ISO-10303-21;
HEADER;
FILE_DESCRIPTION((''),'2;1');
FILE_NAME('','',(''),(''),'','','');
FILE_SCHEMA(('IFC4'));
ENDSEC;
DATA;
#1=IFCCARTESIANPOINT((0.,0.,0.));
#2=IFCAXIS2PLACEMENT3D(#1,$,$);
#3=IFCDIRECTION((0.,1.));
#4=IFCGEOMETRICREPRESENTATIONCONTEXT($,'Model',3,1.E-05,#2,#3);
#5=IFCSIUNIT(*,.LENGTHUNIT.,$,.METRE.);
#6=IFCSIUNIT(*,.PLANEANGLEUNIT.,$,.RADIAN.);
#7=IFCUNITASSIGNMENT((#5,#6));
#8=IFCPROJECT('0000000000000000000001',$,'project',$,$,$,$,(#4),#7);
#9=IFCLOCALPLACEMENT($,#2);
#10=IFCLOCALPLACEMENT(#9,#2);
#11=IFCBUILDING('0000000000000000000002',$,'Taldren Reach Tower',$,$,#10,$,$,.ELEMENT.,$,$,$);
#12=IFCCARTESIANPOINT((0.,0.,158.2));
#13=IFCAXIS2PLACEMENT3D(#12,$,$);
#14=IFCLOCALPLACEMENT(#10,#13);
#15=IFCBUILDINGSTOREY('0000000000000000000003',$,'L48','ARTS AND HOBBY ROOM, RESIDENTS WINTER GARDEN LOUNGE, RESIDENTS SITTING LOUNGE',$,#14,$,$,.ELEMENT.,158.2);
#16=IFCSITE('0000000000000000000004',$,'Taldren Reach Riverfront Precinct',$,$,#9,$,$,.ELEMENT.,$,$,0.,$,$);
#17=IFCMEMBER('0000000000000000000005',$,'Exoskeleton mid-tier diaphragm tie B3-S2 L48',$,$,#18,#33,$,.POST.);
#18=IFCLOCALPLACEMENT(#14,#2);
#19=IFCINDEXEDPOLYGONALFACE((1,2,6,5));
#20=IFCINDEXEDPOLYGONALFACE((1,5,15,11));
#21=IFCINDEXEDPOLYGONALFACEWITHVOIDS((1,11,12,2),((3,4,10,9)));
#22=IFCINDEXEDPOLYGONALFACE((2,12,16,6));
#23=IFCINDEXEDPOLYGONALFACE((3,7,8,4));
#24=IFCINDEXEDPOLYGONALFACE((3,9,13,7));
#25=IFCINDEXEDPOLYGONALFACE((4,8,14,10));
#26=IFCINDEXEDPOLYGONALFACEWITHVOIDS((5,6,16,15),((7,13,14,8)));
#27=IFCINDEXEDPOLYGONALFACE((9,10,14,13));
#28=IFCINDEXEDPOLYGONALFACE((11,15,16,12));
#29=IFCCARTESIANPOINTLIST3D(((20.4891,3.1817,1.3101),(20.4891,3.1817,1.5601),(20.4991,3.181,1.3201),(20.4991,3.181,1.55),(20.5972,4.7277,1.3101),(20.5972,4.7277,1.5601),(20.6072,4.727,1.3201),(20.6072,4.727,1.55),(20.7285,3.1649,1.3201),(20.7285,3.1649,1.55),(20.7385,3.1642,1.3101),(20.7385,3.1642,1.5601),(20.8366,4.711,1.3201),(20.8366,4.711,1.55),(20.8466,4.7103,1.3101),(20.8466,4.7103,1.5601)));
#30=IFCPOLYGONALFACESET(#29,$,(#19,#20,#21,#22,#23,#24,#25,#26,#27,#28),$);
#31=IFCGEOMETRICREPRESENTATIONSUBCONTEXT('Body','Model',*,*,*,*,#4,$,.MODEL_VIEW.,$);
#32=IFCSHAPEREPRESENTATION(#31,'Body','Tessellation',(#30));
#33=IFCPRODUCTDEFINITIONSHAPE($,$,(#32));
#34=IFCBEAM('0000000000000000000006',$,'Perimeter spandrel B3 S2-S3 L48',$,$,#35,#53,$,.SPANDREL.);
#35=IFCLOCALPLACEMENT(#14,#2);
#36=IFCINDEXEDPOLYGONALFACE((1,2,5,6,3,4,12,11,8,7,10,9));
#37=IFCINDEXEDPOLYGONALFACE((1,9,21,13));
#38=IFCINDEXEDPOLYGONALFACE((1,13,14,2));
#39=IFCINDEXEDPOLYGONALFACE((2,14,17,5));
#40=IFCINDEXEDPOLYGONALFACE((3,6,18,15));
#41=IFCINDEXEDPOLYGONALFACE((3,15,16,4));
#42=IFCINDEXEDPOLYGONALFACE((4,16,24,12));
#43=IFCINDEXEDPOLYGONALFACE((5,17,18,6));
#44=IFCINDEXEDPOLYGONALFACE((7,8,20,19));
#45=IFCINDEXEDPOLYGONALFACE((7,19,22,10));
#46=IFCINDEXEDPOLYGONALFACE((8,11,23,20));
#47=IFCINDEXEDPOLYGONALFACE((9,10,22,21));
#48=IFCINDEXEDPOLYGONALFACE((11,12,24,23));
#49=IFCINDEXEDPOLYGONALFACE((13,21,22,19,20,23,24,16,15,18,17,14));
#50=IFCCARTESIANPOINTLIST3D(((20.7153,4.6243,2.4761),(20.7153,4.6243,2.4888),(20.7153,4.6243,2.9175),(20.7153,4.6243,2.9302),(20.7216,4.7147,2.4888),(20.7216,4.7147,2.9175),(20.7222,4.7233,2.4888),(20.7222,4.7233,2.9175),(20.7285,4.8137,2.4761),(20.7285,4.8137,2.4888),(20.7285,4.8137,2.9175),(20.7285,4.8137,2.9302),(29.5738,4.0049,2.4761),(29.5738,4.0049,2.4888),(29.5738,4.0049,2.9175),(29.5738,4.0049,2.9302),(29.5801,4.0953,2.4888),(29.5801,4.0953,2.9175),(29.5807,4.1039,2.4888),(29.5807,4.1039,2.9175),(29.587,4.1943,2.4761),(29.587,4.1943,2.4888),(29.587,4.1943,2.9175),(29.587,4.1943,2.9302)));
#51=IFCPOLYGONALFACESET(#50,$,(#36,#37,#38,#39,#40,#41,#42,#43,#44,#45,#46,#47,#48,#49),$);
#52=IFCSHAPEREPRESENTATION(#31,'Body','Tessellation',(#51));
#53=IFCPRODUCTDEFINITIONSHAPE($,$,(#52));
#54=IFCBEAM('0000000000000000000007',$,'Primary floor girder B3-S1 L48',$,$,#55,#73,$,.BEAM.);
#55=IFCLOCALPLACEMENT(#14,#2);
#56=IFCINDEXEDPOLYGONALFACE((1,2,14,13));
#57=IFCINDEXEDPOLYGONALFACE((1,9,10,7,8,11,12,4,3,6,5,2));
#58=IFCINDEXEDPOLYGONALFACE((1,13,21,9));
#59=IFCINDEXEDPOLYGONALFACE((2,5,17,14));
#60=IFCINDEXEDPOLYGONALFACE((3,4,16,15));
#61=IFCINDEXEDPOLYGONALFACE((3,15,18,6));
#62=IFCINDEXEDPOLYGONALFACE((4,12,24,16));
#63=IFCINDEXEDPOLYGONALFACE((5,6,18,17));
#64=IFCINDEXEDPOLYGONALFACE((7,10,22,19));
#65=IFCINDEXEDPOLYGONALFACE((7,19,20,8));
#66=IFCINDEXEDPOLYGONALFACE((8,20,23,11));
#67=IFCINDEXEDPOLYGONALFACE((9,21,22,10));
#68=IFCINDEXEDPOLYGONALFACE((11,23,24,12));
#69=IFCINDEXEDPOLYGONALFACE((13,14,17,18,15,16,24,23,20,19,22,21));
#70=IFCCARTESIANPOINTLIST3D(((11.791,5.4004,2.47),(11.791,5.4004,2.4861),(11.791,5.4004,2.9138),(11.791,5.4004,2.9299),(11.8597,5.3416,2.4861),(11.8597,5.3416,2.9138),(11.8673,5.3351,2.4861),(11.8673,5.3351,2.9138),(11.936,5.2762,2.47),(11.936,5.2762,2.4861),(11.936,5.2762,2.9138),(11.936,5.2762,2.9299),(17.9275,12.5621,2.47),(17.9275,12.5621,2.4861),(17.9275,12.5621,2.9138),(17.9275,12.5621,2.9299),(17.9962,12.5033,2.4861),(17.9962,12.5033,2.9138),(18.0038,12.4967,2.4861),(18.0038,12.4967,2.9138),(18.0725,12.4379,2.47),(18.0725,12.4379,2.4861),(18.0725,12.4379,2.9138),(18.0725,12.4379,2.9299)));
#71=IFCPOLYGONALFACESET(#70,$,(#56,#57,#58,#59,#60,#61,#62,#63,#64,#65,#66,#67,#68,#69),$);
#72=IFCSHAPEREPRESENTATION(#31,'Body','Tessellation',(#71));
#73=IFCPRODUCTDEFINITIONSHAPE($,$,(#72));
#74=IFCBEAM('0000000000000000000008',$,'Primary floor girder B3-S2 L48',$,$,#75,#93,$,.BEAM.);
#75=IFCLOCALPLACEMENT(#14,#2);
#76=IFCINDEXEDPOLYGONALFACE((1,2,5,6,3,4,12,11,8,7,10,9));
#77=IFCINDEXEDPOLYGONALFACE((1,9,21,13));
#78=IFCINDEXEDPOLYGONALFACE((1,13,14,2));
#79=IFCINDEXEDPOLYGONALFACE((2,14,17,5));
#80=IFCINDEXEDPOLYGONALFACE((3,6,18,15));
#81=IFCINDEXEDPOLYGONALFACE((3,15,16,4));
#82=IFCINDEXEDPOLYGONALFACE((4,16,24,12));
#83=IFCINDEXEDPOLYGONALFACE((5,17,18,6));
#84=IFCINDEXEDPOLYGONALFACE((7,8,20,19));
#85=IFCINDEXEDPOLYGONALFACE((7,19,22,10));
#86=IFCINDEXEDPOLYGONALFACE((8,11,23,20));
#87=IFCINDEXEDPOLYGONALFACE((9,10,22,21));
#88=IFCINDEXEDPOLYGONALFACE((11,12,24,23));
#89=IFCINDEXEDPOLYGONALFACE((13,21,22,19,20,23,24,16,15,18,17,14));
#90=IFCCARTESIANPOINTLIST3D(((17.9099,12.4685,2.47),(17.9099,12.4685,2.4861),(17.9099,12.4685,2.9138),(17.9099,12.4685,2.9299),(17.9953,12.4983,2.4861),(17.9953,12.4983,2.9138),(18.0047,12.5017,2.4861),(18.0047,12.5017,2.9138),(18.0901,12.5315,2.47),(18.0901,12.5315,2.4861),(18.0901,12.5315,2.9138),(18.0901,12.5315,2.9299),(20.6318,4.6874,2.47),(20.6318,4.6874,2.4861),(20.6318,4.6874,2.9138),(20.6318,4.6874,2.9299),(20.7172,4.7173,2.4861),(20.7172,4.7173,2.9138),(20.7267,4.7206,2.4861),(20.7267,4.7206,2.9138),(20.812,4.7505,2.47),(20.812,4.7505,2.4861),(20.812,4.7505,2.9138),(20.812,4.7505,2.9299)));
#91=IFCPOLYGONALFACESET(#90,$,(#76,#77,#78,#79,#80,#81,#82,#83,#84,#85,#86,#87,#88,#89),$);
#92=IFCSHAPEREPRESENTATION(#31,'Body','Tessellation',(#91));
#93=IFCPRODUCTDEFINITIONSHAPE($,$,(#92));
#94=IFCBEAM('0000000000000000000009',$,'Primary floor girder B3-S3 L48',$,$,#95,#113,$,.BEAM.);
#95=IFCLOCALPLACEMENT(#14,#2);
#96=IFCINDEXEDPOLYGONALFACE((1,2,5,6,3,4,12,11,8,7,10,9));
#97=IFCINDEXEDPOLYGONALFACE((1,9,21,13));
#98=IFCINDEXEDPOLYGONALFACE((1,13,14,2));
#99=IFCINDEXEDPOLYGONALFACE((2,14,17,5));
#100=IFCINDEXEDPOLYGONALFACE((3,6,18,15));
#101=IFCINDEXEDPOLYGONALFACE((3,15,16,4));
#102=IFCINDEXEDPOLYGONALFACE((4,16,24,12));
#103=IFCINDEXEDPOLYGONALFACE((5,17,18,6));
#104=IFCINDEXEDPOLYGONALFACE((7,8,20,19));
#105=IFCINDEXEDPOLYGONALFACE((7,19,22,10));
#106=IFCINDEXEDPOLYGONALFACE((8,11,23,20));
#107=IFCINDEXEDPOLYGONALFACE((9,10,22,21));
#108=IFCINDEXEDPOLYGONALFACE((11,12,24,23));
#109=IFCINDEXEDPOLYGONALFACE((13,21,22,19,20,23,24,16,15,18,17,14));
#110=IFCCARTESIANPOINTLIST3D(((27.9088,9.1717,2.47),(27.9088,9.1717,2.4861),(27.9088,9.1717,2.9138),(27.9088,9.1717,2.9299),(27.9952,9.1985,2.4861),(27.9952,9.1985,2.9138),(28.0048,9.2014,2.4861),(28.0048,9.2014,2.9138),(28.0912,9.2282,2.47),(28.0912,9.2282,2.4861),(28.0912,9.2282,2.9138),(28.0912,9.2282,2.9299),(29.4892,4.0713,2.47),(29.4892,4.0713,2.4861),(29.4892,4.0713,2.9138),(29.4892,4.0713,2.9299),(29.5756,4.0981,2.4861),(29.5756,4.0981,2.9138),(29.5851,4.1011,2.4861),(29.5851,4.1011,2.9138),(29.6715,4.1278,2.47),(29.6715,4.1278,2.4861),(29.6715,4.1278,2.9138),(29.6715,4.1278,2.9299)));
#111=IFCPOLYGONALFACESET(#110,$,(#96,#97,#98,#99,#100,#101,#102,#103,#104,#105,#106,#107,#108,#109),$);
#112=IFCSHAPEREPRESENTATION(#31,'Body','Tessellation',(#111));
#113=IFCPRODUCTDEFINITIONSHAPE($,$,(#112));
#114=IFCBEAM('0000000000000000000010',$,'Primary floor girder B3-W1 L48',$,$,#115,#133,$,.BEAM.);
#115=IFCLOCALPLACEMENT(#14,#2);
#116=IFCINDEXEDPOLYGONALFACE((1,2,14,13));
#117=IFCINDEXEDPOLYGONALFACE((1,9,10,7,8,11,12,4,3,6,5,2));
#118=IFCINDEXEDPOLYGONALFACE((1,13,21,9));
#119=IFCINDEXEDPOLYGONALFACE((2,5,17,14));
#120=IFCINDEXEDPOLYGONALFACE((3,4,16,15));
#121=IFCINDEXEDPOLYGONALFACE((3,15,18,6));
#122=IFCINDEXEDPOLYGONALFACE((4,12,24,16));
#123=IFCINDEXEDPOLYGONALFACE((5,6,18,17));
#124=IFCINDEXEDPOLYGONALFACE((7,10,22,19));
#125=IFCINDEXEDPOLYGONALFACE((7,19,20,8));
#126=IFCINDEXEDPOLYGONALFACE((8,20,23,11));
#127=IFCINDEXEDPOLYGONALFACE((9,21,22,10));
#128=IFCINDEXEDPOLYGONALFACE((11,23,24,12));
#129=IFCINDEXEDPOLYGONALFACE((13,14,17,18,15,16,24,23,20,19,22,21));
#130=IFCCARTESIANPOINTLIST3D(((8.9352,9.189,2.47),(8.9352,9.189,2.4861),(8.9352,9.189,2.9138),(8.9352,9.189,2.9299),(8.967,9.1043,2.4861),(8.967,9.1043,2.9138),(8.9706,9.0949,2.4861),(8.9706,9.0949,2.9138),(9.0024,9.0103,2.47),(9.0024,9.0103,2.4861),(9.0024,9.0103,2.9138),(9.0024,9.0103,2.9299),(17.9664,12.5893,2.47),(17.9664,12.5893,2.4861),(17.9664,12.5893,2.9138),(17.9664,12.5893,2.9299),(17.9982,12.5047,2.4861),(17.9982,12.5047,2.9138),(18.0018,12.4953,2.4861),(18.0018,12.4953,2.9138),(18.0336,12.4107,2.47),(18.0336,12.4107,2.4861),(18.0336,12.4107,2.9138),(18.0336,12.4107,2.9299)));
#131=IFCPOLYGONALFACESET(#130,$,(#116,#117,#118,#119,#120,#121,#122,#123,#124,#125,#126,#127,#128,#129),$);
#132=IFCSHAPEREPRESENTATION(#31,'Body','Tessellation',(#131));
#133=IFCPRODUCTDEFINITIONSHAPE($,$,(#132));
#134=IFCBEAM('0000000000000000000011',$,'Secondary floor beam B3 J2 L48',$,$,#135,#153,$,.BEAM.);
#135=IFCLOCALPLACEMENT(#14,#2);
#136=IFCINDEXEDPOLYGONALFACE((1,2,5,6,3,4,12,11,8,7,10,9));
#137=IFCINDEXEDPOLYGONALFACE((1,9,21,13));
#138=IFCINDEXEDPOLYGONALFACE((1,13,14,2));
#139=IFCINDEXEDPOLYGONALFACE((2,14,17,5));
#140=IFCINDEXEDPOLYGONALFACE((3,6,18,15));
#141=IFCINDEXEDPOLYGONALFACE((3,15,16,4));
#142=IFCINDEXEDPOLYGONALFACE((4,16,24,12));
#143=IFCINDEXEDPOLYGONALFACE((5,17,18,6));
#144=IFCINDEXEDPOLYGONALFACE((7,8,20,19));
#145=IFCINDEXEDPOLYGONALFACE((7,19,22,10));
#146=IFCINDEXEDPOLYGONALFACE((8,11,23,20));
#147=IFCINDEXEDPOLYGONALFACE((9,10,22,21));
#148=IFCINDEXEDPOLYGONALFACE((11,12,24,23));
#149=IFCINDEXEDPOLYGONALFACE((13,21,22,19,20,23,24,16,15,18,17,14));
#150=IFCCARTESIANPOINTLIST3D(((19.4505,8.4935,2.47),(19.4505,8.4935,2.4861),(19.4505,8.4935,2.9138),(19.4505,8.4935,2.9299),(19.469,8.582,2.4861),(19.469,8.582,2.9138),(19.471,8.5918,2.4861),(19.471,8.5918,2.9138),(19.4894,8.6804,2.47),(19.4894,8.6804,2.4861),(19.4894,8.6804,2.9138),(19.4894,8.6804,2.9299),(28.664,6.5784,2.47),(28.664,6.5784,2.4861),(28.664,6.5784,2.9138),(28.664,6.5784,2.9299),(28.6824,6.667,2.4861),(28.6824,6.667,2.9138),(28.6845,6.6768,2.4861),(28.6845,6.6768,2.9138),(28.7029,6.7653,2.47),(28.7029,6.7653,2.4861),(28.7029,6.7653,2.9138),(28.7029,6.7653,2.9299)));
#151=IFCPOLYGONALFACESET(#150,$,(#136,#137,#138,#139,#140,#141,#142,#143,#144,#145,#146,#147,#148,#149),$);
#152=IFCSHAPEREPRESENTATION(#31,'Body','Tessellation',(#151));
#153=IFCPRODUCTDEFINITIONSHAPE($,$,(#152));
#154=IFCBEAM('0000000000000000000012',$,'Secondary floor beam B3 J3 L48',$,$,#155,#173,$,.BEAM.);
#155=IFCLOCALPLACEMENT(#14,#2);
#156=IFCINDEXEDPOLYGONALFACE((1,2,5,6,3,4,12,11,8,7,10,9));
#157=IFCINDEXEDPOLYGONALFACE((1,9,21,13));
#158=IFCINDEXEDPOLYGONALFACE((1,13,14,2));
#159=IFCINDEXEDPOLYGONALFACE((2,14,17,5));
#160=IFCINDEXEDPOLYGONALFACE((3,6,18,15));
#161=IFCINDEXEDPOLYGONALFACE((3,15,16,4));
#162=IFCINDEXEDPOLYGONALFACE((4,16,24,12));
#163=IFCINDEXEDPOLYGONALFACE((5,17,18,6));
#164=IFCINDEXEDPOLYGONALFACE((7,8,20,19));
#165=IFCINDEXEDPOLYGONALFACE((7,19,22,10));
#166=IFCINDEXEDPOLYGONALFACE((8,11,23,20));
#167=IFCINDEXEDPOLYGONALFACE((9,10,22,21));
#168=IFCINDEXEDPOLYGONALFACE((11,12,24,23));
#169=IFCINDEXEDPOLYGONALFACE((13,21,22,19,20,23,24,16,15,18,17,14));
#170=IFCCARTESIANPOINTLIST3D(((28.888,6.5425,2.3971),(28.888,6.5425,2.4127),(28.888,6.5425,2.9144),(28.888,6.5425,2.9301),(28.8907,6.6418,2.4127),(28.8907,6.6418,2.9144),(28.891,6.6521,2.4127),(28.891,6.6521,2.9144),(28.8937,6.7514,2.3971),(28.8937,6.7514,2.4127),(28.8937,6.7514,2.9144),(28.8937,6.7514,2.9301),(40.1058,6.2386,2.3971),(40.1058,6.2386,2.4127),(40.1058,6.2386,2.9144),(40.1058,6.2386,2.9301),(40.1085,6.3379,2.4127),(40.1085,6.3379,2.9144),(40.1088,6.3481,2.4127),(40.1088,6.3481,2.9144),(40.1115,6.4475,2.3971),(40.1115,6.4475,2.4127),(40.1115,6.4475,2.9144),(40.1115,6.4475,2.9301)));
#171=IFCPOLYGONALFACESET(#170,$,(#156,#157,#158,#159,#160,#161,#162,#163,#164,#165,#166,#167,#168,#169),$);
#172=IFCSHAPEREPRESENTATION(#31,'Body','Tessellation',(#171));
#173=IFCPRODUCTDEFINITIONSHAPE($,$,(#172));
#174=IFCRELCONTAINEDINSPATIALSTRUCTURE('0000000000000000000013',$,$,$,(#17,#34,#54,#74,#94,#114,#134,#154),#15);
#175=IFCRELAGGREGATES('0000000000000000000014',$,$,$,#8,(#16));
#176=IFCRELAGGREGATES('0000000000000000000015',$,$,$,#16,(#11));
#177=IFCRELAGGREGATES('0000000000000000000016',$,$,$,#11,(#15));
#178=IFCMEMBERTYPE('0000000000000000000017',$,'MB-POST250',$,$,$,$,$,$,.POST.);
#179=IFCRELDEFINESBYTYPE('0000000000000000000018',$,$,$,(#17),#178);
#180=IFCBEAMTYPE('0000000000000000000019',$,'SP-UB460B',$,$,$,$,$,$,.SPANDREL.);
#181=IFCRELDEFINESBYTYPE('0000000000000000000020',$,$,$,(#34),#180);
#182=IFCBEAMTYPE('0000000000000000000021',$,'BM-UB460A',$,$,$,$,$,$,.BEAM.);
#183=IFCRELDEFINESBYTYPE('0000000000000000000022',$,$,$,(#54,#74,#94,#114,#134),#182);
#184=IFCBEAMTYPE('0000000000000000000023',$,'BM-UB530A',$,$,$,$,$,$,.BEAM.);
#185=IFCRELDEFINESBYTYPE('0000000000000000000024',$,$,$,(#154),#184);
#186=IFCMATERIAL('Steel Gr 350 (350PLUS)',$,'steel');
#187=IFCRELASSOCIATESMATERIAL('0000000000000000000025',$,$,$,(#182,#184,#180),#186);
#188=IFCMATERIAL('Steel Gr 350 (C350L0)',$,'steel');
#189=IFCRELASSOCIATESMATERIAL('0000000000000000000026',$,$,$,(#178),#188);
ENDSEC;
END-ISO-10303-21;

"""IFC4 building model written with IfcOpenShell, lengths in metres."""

from ifc_helpers import new_model, si_unit, direction, frame, origin, origin_2d, place, context, subcontext, project, spatial, hollow_rectangle, i_section, extrude, source, transform, mapped, material, material_profile, profile_set, type_object, element, save


model = new_model("IFC4")

# Units and contexts
model_context = context("Model", 3, precision=1e-05, world=origin(), true_north=direction((0.0, 1.0)))
body_context = subcontext(model_context, "Body", "Model", "MODEL_VIEW")
ifc_project = project(units=[si_unit("LENGTHUNIT", "METRE"), si_unit("PLANEANGLEUNIT", "RADIAN")], contexts=[model_context])

# Site, building, storey
site_placement = place(None, origin())
site = spatial("IfcSite", under=ifc_project, at=site_placement, Name="Taldren Reach Riverfront Precinct", CompositionType="ELEMENT", RefElevation=0.0)
building_placement = place(site_placement, origin())
building = spatial("IfcBuilding", under=site, at=building_placement, Name="Taldren Reach Tower", CompositionType="ELEMENT")
storey_placement = place(building_placement, frame((0.0, 0.0, 158.2)))
storey = spatial("IfcBuildingStorey", under=building, at=storey_placement, Name="L48", Description="ARTS AND HOBBY ROOM, RESIDENTS WINTER GARDEN LOUNGE, RESIDENTS SITTING LOUNGE", CompositionType="ELEMENT", Elevation=158.2)

# Shared definitions
ifc_material_1 = material(Name="Steel Gr 350 (350PLUS)", Category="steel")

# Shared definitions
ifc_material_profile_1 = material_profile(ifc_material_1, i_section(OverallWidth=0.1909, OverallDepth=0.46, WebThickness=0.01, FlangeThickness=0.0161, at=origin_2d()), Name="460UB82.1")
ifc_profile_set_1 = profile_set([ifc_material_profile_1], Name="Steel Gr 350 (350PLUS)")
beam_type_1 = type_object("IfcBeamType", Name="BM-UB460A", PredefinedType="BEAM", material=ifc_profile_set_1)
ifc_material_profile_2 = material_profile(ifc_material_1, i_section(OverallWidth=0.209, OverallDepth=0.533, WebThickness=0.0103, FlangeThickness=0.0156, at=origin_2d()), Name="530UB92.4")
ifc_profile_set_2 = profile_set([ifc_material_profile_2], Name="Steel Gr 350 (350PLUS)")
beam_type_2 = type_object("IfcBeamType", Name="BM-UB530A", PredefinedType="BEAM", material=ifc_profile_set_2)

# Member
ifc_material_2 = material(Name="Steel Gr 350 (C350L0)", Category="steel")
ifc_material_profile_3 = material_profile(ifc_material_2, hollow_rectangle(XDim=0.25, YDim=0.25, WallThickness=0.01, at=origin_2d()), Name="250x250x10.0SHS")
ifc_profile_set_3 = profile_set([ifc_material_profile_3], Name="Steel Gr 350 (C350L0)")
member_type_1 = type_object("IfcMemberType", Name="MB-POST250", PredefinedType="POST", material=ifc_profile_set_3)
shared_shape_1 = source(origin(), body_context, "Body", "SweptSolid", [
    extrude(hollow_rectangle(XDim=0.25, YDim=0.25, WallThickness=0.01, at=origin_2d()), origin(), (0.0, 0.0, 1.0), 1.5498),
])
for number, where, z_axis, x_axis, name in (
    (1, (20.7219, 4.719, 1.4351), (-0.069781, -0.997562, 0.0), (0.997562, -0.069781, 0.0), "Exoskeleton mid-tier diaphragm tie B3-S2 L48"),
):
    element("IfcMember", number, at=place(storey_placement, frame(where, z_axis=z_axis, x_axis=x_axis)), inside=storey, type_object=member_type_1, Name=name, PredefinedType="POST", context=body_context, shape_type="MappedRepresentation", body=[
        mapped(shared_shape_1, transform((0.0, 0.0, 0.0), scale=1.0)),
    ])

# Beams
ifc_material_profile_4 = material_profile(ifc_material_1, i_section(OverallWidth=0.1899, OverallDepth=0.4541, WebThickness=0.0085, FlangeThickness=0.0127, at=origin_2d()), Name="460UB67.1")
ifc_profile_set_4 = profile_set([ifc_material_profile_4], Name="Steel Gr 350 (350PLUS)")
beam_type_3 = type_object("IfcBeamType", Name="SP-UB460B", PredefinedType="SPANDREL", material=ifc_profile_set_4)
shared_shape_2 = source(origin(), body_context, "Body", "SweptSolid", [
    extrude(i_section(OverallWidth=0.1899, OverallDepth=0.4541, WebThickness=0.0085, FlangeThickness=0.0127, at=origin_2d()), origin(), (0.0, 0.0, 1.0), 8.8801),
])
beam_1_placement = place(storey_placement, frame((20.7219, 4.719, 2.7031), z_axis=(0.997564, -0.06975, 0.0), x_axis=(0.06975, 0.997564, 0.0)))
element("IfcBeam", 2, at=beam_1_placement, inside=storey, type_object=beam_type_3, Name="Perimeter spandrel B3 S2-S3 L48", PredefinedType="SPANDREL", context=body_context, shape_type="MappedRepresentation", body=[
    mapped(shared_shape_2, transform((0.0, 0.0, 0.0), scale=1.0)),
])
shared_shape_3 = source(origin(), body_context, "Body", "SweptSolid", [
    extrude(i_section(OverallWidth=0.1909, OverallDepth=0.46, WebThickness=0.01, FlangeThickness=0.0161, at=origin_2d()), origin(), (0.0, 0.0, 1.0), 9.4312),
])
beam_2_placement = place(storey_placement, frame((18.0, 12.5, 2.7), z_axis=(-0.650666, -0.759364, 0.0), x_axis=(0.759364, -0.650666, 0.0)))
element("IfcBeam", 3, at=beam_2_placement, inside=storey, type_object=beam_type_1, Name="Primary floor girder B3-S1 L48", PredefinedType="BEAM", context=body_context, shape_type="MappedRepresentation", body=[
    mapped(shared_shape_3, transform((0.0, 0.0, 0.0), scale=1.0)),
])
shared_shape_4 = source(origin(), body_context, "Body", "SweptSolid", [
    extrude(i_section(OverallWidth=0.1909, OverallDepth=0.46, WebThickness=0.01, FlangeThickness=0.0161, at=origin_2d()), origin(), (0.0, 0.0, 1.0), 8.2434),
])
beam_3_placement = place(storey_placement, frame((18.0, 12.5, 2.7), z_axis=(0.330196, -0.943912, 0.0), x_axis=(0.943912, 0.330196, 0.0)))
element("IfcBeam", 4, at=beam_3_placement, inside=storey, type_object=beam_type_1, Name="Primary floor girder B3-S2 L48", PredefinedType="BEAM", context=body_context, shape_type="MappedRepresentation", body=[
    mapped(shared_shape_4, transform((0.0, 0.0, 0.0), scale=1.0)),
])
shared_shape_5 = source(origin(), body_context, "Body", "SweptSolid", [
    extrude(i_section(OverallWidth=0.1909, OverallDepth=0.46, WebThickness=0.01, FlangeThickness=0.0161, at=origin_2d()), origin(), (0.0, 0.0, 1.0), 5.3396),
])
beam_4_placement = place(storey_placement, frame((28.0, 9.2, 2.7), z_axis=(0.295965, -0.955199, 0.0), x_axis=(0.955199, 0.295965, 0.0)))
element("IfcBeam", 5, at=beam_4_placement, inside=storey, type_object=beam_type_1, Name="Primary floor girder B3-S3 L48", PredefinedType="BEAM", context=body_context, shape_type="MappedRepresentation", body=[
    mapped(shared_shape_5, transform((0.0, 0.0, 0.0), scale=1.0)),
])
shared_shape_6 = source(origin(), body_context, "Body", "SweptSolid", [
    extrude(i_section(OverallWidth=0.1909, OverallDepth=0.46, WebThickness=0.01, FlangeThickness=0.0161, at=origin_2d()), origin(), (0.0, 0.0, 1.0), 9.6501),
])
beam_5_placement = place(storey_placement, frame((18.0, 12.5, 2.7), z_axis=(-0.935863, -0.352365, 0.0), x_axis=(0.352365, -0.935863, 0.0)))
element("IfcBeam", 6, at=beam_5_placement, inside=storey, type_object=beam_type_1, Name="Primary floor girder B3-W1 L48", PredefinedType="BEAM", context=body_context, shape_type="MappedRepresentation", body=[
    mapped(shared_shape_6, transform((0.0, 0.0, 0.0), scale=1.0)),
])
shared_shape_7 = source(origin(), body_context, "Body", "SweptSolid", [
    extrude(i_section(OverallWidth=0.1909, OverallDepth=0.46, WebThickness=0.01, FlangeThickness=0.0161, at=origin_2d()), origin(), (0.0, 0.0, 1.0), 9.4104),
])
beam_6_placement = place(storey_placement, frame((19.47, 8.5869, 2.7), z_axis=(0.979074, -0.203505, 0.0), x_axis=(0.203505, 0.979074, 0.0)))
element("IfcBeam", 7, at=beam_6_placement, inside=storey, type_object=beam_type_1, Name="Secondary floor beam B3 J2 L48", PredefinedType="BEAM", context=body_context, shape_type="MappedRepresentation", body=[
    mapped(shared_shape_7, transform((0.0, 0.0, 0.0), scale=1.0)),
])
shared_shape_8 = source(origin(), body_context, "Body", "SweptSolid", [
    extrude(i_section(OverallWidth=0.209, OverallDepth=0.533, WebThickness=0.0103, FlangeThickness=0.0156, at=origin_2d()), origin(), (0.0, 0.0, 1.0), 11.2219),
])
beam_7_placement = place(storey_placement, frame((28.8909, 6.647, 2.6636), z_axis=(0.999633, -0.027086, 0.0), x_axis=(0.027086, 0.999633, 0.0)))
element("IfcBeam", 8, at=beam_7_placement, inside=storey, type_object=beam_type_2, Name="Secondary floor beam B3 J3 L48", PredefinedType="BEAM", context=body_context, shape_type="MappedRepresentation", body=[
    mapped(shared_shape_8, transform((0.0, 0.0, 0.0), scale=1.0)),
])

save(model, "model.ifc")
